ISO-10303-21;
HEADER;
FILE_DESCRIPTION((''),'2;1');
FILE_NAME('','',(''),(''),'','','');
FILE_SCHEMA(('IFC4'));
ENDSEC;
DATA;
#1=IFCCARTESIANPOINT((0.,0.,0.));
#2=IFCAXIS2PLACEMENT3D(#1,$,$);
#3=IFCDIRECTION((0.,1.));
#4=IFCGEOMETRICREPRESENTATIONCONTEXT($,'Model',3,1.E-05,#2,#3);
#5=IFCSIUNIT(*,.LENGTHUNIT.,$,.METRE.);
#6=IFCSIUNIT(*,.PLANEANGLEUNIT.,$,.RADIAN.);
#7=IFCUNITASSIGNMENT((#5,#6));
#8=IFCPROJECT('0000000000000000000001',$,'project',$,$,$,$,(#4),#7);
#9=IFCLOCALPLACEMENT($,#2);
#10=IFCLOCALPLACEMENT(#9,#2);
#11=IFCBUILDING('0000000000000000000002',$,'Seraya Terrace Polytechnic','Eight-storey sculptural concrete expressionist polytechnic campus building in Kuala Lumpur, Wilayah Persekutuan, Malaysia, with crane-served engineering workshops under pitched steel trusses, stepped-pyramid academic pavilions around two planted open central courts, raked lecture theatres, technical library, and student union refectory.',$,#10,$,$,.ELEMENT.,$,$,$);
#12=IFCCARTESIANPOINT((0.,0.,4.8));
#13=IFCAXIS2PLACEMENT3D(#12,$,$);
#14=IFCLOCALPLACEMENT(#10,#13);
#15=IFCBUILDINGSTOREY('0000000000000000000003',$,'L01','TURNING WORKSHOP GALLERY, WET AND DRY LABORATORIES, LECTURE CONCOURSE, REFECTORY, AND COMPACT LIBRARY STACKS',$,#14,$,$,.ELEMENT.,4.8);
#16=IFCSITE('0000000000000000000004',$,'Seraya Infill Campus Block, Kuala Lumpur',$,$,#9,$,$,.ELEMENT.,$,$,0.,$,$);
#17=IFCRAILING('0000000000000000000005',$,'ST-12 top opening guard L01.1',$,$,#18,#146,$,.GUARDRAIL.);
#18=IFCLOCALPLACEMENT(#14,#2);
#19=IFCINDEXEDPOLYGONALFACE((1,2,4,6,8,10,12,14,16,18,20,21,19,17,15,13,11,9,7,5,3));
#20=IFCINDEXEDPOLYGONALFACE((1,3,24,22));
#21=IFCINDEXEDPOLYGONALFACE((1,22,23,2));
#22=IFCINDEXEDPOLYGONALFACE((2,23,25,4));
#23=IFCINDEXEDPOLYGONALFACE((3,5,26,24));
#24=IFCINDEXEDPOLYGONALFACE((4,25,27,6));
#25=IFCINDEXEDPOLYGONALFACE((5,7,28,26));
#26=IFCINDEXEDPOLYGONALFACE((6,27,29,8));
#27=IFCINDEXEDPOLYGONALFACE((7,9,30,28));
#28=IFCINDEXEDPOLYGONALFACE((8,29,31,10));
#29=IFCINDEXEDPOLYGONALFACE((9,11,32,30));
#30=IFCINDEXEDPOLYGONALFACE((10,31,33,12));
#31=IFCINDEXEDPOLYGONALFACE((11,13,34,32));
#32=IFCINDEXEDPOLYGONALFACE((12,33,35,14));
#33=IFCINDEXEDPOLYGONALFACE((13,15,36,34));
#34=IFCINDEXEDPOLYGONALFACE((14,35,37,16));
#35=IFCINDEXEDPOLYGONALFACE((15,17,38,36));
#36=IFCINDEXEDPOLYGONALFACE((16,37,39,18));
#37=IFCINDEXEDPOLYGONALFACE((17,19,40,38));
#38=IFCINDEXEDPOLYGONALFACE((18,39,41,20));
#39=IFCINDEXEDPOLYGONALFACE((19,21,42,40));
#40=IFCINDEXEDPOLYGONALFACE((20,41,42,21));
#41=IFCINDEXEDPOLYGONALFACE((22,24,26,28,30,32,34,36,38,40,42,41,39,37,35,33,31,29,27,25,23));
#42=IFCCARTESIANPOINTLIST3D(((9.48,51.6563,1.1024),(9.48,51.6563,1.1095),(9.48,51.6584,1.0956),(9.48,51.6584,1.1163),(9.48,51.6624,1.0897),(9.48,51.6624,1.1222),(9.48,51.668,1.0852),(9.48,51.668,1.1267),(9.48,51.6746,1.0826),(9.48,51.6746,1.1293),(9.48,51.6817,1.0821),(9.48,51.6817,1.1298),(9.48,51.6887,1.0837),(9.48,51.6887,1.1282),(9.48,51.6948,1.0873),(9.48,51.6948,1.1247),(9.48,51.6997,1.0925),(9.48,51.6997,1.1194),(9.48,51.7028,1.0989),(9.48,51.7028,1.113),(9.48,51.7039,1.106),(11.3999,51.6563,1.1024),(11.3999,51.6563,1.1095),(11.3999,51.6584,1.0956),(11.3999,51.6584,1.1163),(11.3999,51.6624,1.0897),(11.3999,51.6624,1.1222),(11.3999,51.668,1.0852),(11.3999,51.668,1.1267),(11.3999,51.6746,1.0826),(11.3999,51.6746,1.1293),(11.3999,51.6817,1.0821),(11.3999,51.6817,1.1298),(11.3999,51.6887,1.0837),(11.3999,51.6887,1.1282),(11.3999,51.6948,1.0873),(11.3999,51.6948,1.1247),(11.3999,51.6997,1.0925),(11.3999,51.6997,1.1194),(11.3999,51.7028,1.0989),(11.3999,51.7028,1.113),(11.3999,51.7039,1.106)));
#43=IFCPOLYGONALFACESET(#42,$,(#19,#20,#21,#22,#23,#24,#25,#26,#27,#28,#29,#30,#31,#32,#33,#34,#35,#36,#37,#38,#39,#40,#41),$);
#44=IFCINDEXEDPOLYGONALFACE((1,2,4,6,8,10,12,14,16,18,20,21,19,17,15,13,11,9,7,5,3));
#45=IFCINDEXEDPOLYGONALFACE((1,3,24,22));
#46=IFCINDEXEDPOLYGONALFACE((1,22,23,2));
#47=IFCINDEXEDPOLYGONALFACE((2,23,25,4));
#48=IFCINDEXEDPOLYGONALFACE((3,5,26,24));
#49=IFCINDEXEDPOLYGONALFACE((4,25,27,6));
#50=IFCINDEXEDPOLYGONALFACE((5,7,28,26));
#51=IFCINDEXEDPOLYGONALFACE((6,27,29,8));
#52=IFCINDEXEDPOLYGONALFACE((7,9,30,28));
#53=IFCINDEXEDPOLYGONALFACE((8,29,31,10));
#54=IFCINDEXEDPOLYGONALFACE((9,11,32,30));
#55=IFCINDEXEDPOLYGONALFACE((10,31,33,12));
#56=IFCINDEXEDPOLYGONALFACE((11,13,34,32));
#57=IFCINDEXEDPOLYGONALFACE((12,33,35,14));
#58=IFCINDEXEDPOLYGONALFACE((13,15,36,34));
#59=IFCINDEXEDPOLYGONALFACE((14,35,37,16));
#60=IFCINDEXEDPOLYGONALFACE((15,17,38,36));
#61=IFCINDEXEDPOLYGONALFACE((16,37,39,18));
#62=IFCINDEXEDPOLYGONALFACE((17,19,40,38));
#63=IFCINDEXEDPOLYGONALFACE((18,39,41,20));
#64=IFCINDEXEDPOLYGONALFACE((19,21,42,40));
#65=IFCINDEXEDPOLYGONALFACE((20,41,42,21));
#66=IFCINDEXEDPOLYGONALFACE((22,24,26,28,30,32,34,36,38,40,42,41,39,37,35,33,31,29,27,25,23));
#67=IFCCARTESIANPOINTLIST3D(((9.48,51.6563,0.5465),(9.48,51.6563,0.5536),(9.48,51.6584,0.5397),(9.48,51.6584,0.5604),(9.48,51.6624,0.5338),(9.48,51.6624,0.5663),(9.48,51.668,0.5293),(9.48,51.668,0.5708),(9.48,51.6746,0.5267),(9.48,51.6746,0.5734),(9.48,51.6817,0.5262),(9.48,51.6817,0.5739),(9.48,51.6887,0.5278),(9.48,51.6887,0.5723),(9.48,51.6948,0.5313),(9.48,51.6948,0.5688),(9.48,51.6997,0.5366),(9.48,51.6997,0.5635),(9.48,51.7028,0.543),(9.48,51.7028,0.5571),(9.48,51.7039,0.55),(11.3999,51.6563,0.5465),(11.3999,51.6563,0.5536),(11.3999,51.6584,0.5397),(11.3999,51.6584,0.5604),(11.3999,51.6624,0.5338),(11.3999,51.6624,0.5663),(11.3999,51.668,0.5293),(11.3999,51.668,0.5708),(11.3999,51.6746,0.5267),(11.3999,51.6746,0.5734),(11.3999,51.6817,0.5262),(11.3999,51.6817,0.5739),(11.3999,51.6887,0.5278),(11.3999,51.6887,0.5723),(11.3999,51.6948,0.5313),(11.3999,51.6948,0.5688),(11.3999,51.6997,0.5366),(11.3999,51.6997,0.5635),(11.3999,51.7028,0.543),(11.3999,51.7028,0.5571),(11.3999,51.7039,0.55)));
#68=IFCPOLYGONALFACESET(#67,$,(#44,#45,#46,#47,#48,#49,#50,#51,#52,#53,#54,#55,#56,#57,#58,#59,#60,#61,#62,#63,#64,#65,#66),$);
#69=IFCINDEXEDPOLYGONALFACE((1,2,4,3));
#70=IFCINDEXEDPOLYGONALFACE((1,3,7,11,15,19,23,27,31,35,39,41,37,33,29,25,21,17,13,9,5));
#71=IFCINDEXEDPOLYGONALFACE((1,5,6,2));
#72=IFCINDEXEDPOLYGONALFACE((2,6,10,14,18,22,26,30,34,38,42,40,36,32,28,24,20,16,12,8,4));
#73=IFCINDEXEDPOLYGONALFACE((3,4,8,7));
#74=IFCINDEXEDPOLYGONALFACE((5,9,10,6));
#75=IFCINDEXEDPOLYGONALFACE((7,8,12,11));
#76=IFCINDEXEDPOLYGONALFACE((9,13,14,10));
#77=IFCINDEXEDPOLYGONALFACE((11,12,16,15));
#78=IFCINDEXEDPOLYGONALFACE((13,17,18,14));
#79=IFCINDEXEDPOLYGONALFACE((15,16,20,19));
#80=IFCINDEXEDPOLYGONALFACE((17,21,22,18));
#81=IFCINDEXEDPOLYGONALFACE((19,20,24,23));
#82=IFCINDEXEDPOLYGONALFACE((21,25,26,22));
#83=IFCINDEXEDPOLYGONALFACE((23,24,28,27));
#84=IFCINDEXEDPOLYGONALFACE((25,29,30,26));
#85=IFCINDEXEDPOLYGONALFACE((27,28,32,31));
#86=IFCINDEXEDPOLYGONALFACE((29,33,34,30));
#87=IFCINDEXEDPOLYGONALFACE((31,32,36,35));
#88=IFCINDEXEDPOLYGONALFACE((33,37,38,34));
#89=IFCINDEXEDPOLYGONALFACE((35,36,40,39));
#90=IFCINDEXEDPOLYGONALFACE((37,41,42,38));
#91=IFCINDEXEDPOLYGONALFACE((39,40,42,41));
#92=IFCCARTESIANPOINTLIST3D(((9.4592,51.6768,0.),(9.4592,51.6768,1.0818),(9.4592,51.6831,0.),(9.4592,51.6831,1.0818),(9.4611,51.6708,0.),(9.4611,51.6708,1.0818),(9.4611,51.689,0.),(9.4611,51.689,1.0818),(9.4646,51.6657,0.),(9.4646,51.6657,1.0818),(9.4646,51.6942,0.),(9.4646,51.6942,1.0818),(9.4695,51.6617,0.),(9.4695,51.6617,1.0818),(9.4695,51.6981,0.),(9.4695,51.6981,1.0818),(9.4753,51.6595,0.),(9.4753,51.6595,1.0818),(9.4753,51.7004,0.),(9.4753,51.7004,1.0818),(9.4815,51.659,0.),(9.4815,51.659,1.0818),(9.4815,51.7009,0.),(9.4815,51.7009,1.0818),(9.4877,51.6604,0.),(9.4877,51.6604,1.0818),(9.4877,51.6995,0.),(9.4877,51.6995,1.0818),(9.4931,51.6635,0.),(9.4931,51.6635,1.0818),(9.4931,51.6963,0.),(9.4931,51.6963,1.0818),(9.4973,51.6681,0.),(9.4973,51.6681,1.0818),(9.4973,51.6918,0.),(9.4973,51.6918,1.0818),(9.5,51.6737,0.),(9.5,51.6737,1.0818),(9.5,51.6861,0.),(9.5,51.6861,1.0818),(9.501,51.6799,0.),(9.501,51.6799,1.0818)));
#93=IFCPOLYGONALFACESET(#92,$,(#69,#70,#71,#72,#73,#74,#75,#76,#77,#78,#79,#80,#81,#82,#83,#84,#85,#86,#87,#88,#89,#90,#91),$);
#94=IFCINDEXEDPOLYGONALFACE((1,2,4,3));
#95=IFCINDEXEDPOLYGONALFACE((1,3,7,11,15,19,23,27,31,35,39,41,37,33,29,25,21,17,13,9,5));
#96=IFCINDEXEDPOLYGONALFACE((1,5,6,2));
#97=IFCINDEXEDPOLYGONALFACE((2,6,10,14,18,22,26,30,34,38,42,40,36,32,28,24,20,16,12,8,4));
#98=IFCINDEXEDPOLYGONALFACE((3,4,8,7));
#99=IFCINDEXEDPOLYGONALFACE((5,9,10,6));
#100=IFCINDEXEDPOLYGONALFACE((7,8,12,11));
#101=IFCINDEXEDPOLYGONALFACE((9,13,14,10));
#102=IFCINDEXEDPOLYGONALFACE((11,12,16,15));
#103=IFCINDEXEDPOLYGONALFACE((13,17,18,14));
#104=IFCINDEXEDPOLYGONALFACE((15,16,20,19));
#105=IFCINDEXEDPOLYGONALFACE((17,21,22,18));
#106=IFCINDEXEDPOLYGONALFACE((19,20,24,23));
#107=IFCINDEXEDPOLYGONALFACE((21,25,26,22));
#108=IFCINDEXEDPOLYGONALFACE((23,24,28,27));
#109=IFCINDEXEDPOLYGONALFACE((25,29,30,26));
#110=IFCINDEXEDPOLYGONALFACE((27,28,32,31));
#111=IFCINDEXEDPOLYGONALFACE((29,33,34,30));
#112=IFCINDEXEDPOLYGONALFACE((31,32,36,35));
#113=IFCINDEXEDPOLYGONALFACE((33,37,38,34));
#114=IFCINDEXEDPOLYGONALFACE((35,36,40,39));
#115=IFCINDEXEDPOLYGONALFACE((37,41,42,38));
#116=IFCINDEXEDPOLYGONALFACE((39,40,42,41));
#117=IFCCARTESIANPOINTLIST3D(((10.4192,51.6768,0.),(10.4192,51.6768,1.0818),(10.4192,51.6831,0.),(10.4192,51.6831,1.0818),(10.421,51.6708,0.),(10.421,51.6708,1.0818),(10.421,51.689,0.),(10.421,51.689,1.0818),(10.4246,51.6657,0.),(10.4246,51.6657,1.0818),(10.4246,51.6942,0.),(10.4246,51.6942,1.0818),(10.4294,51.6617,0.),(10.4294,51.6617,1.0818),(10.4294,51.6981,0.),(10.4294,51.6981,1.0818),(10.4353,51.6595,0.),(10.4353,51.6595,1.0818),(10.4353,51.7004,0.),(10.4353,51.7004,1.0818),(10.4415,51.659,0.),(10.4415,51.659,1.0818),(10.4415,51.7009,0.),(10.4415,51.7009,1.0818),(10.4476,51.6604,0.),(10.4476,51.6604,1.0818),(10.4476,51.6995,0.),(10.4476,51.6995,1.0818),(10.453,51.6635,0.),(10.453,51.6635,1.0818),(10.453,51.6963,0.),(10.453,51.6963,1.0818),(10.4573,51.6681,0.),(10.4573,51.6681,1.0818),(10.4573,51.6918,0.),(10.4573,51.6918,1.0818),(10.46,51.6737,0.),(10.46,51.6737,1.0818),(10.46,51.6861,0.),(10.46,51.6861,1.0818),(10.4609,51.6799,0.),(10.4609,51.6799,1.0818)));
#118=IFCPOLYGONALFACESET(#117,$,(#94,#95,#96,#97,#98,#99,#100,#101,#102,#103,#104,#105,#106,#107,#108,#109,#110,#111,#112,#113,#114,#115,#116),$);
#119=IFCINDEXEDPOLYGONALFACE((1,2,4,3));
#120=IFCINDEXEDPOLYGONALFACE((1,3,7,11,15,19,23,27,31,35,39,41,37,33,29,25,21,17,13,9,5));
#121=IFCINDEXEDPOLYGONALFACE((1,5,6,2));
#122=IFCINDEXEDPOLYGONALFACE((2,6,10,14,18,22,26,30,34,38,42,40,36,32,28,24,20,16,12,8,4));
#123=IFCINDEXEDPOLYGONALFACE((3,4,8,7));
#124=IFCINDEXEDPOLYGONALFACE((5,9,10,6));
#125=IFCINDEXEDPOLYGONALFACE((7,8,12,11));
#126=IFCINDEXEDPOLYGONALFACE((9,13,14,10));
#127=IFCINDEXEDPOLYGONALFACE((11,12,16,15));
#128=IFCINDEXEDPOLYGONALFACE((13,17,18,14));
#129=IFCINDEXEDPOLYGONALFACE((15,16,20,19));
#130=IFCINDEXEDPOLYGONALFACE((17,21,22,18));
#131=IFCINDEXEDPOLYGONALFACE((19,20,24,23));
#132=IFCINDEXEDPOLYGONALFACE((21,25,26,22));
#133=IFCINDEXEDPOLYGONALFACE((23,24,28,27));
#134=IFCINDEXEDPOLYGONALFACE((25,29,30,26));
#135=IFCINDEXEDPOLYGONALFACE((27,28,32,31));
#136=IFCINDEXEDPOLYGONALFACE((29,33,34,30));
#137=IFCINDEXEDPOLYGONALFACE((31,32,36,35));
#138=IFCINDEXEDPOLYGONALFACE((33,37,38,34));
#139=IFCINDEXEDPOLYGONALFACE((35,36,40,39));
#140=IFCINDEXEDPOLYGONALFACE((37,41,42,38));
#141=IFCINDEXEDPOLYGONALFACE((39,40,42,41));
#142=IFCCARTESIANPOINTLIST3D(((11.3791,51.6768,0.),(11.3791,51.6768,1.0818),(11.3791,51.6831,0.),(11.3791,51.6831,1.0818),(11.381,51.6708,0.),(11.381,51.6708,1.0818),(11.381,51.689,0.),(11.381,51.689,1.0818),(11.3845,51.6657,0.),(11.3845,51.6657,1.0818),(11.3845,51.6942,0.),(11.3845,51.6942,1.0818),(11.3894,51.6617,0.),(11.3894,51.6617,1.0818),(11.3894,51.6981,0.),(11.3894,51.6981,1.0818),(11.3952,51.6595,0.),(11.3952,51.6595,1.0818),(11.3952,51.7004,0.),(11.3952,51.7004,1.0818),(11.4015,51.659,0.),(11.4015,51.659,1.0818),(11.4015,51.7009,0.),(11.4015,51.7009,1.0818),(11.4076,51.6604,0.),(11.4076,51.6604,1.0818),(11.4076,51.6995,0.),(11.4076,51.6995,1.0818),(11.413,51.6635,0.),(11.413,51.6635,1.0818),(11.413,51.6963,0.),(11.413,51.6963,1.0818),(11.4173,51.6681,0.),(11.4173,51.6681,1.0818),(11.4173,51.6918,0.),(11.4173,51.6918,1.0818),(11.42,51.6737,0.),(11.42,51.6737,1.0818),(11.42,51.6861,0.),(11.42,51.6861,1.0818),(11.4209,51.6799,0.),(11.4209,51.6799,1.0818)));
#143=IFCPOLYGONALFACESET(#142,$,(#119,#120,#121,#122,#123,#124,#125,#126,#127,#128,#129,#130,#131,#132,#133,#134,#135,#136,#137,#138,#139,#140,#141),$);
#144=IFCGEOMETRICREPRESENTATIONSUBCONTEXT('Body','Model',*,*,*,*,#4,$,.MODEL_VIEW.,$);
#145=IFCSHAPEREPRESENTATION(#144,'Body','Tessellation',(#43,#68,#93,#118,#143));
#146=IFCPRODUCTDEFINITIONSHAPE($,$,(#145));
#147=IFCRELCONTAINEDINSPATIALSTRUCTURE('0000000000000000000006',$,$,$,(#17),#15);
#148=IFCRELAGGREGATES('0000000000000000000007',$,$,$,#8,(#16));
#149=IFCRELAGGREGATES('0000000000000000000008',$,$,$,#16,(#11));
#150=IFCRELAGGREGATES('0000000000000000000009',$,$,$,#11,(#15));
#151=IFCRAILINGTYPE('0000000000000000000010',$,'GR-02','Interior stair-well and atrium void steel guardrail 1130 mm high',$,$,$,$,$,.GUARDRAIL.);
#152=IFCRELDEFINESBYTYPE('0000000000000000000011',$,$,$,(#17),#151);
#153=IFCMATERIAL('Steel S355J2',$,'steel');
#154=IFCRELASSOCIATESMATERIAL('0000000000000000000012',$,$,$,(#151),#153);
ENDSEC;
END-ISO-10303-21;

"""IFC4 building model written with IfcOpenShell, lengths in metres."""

from ifc_helpers import new_model, si_unit, direction, frame, origin, origin_2d, place, context, subcontext, project, spatial, circle, extrude, material, type_object, element, save


model = new_model("IFC4")

# Units and contexts
model_context = context("Model", 3, precision=1e-05, world=origin(), true_north=direction((0.0, 1.0)))
body_context = subcontext(model_context, "Body", "Model", "MODEL_VIEW")
ifc_project = project(units=[si_unit("LENGTHUNIT", "METRE"), si_unit("PLANEANGLEUNIT", "RADIAN")], contexts=[model_context])

# Site, building, storey
site_placement = place(None, origin())
site = spatial("IfcSite", under=ifc_project, at=site_placement, Name="Seraya Infill Campus Block, Kuala Lumpur", CompositionType="ELEMENT", RefElevation=0.0)
building_placement = place(site_placement, origin())
building = spatial("IfcBuilding", under=site, at=building_placement, Name="Seraya Terrace Polytechnic", Description="Eight-storey sculptural concrete expressionist polytechnic campus building in Kuala Lumpur, Wilayah Persekutuan, Malaysia, with crane-served engineering workshops under pitched steel trusses, stepped-pyramid academic pavilions around two planted open central courts, raked lecture theatres, technical library, and student union refectory.", CompositionType="ELEMENT")
storey_placement = place(building_placement, frame((0.0, 0.0, 4.8)))
storey = spatial("IfcBuildingStorey", under=building, at=storey_placement, Name="L01", Description="TURNING WORKSHOP GALLERY, WET AND DRY LABORATORIES, LECTURE CONCOURSE, REFECTORY, AND COMPACT LIBRARY STACKS", CompositionType="ELEMENT", Elevation=4.8)

# Railing
ifc_material_1 = material(Name="Steel S355J2", Category="steel")
railing_type = type_object("IfcRailingType", Name="GR-02", Description="Interior stair-well and atrium void steel guardrail 1130 mm high", PredefinedType="GUARDRAIL", material=ifc_material_1)
railing_placement = place(storey_placement, frame((9.48, 51.6799, 0.0)))
element("IfcRailing", 1, at=railing_placement, inside=storey, type_object=railing_type, Name="ST-12 top opening guard L01.1", PredefinedType="GUARDRAIL", context=body_context, shape_type="SweptSolid", body=[
    extrude(circle(Radius=0.0239, at=origin_2d()), frame((0.0, 0.0, 1.106), z_axis=(1.0, 0.0, 0.0), x_axis=(0.0, 1.0, 0.0)), (0.0, 0.0, 1.0), 1.9199),
    extrude(circle(Radius=0.0239, at=origin_2d()), frame((0.0, 0.0, 0.55), z_axis=(1.0, 0.0, 0.0), x_axis=(0.0, 1.0, 0.0)), (0.0, 0.0, 1.0), 1.9199),
    extrude(circle(Radius=0.021, at=origin_2d()), origin(), (0.0, 0.0, 1.0), 1.0818),
    extrude(circle(Radius=0.021, at=origin_2d()), frame((0.96, 0.0, 0.0)), (0.0, 0.0, 1.0), 1.0818),
    extrude(circle(Radius=0.021, at=origin_2d()), frame((1.9199, 0.0, 0.0)), (0.0, 0.0, 1.0), 1.0818),
])

save(model, "model.ifc")
